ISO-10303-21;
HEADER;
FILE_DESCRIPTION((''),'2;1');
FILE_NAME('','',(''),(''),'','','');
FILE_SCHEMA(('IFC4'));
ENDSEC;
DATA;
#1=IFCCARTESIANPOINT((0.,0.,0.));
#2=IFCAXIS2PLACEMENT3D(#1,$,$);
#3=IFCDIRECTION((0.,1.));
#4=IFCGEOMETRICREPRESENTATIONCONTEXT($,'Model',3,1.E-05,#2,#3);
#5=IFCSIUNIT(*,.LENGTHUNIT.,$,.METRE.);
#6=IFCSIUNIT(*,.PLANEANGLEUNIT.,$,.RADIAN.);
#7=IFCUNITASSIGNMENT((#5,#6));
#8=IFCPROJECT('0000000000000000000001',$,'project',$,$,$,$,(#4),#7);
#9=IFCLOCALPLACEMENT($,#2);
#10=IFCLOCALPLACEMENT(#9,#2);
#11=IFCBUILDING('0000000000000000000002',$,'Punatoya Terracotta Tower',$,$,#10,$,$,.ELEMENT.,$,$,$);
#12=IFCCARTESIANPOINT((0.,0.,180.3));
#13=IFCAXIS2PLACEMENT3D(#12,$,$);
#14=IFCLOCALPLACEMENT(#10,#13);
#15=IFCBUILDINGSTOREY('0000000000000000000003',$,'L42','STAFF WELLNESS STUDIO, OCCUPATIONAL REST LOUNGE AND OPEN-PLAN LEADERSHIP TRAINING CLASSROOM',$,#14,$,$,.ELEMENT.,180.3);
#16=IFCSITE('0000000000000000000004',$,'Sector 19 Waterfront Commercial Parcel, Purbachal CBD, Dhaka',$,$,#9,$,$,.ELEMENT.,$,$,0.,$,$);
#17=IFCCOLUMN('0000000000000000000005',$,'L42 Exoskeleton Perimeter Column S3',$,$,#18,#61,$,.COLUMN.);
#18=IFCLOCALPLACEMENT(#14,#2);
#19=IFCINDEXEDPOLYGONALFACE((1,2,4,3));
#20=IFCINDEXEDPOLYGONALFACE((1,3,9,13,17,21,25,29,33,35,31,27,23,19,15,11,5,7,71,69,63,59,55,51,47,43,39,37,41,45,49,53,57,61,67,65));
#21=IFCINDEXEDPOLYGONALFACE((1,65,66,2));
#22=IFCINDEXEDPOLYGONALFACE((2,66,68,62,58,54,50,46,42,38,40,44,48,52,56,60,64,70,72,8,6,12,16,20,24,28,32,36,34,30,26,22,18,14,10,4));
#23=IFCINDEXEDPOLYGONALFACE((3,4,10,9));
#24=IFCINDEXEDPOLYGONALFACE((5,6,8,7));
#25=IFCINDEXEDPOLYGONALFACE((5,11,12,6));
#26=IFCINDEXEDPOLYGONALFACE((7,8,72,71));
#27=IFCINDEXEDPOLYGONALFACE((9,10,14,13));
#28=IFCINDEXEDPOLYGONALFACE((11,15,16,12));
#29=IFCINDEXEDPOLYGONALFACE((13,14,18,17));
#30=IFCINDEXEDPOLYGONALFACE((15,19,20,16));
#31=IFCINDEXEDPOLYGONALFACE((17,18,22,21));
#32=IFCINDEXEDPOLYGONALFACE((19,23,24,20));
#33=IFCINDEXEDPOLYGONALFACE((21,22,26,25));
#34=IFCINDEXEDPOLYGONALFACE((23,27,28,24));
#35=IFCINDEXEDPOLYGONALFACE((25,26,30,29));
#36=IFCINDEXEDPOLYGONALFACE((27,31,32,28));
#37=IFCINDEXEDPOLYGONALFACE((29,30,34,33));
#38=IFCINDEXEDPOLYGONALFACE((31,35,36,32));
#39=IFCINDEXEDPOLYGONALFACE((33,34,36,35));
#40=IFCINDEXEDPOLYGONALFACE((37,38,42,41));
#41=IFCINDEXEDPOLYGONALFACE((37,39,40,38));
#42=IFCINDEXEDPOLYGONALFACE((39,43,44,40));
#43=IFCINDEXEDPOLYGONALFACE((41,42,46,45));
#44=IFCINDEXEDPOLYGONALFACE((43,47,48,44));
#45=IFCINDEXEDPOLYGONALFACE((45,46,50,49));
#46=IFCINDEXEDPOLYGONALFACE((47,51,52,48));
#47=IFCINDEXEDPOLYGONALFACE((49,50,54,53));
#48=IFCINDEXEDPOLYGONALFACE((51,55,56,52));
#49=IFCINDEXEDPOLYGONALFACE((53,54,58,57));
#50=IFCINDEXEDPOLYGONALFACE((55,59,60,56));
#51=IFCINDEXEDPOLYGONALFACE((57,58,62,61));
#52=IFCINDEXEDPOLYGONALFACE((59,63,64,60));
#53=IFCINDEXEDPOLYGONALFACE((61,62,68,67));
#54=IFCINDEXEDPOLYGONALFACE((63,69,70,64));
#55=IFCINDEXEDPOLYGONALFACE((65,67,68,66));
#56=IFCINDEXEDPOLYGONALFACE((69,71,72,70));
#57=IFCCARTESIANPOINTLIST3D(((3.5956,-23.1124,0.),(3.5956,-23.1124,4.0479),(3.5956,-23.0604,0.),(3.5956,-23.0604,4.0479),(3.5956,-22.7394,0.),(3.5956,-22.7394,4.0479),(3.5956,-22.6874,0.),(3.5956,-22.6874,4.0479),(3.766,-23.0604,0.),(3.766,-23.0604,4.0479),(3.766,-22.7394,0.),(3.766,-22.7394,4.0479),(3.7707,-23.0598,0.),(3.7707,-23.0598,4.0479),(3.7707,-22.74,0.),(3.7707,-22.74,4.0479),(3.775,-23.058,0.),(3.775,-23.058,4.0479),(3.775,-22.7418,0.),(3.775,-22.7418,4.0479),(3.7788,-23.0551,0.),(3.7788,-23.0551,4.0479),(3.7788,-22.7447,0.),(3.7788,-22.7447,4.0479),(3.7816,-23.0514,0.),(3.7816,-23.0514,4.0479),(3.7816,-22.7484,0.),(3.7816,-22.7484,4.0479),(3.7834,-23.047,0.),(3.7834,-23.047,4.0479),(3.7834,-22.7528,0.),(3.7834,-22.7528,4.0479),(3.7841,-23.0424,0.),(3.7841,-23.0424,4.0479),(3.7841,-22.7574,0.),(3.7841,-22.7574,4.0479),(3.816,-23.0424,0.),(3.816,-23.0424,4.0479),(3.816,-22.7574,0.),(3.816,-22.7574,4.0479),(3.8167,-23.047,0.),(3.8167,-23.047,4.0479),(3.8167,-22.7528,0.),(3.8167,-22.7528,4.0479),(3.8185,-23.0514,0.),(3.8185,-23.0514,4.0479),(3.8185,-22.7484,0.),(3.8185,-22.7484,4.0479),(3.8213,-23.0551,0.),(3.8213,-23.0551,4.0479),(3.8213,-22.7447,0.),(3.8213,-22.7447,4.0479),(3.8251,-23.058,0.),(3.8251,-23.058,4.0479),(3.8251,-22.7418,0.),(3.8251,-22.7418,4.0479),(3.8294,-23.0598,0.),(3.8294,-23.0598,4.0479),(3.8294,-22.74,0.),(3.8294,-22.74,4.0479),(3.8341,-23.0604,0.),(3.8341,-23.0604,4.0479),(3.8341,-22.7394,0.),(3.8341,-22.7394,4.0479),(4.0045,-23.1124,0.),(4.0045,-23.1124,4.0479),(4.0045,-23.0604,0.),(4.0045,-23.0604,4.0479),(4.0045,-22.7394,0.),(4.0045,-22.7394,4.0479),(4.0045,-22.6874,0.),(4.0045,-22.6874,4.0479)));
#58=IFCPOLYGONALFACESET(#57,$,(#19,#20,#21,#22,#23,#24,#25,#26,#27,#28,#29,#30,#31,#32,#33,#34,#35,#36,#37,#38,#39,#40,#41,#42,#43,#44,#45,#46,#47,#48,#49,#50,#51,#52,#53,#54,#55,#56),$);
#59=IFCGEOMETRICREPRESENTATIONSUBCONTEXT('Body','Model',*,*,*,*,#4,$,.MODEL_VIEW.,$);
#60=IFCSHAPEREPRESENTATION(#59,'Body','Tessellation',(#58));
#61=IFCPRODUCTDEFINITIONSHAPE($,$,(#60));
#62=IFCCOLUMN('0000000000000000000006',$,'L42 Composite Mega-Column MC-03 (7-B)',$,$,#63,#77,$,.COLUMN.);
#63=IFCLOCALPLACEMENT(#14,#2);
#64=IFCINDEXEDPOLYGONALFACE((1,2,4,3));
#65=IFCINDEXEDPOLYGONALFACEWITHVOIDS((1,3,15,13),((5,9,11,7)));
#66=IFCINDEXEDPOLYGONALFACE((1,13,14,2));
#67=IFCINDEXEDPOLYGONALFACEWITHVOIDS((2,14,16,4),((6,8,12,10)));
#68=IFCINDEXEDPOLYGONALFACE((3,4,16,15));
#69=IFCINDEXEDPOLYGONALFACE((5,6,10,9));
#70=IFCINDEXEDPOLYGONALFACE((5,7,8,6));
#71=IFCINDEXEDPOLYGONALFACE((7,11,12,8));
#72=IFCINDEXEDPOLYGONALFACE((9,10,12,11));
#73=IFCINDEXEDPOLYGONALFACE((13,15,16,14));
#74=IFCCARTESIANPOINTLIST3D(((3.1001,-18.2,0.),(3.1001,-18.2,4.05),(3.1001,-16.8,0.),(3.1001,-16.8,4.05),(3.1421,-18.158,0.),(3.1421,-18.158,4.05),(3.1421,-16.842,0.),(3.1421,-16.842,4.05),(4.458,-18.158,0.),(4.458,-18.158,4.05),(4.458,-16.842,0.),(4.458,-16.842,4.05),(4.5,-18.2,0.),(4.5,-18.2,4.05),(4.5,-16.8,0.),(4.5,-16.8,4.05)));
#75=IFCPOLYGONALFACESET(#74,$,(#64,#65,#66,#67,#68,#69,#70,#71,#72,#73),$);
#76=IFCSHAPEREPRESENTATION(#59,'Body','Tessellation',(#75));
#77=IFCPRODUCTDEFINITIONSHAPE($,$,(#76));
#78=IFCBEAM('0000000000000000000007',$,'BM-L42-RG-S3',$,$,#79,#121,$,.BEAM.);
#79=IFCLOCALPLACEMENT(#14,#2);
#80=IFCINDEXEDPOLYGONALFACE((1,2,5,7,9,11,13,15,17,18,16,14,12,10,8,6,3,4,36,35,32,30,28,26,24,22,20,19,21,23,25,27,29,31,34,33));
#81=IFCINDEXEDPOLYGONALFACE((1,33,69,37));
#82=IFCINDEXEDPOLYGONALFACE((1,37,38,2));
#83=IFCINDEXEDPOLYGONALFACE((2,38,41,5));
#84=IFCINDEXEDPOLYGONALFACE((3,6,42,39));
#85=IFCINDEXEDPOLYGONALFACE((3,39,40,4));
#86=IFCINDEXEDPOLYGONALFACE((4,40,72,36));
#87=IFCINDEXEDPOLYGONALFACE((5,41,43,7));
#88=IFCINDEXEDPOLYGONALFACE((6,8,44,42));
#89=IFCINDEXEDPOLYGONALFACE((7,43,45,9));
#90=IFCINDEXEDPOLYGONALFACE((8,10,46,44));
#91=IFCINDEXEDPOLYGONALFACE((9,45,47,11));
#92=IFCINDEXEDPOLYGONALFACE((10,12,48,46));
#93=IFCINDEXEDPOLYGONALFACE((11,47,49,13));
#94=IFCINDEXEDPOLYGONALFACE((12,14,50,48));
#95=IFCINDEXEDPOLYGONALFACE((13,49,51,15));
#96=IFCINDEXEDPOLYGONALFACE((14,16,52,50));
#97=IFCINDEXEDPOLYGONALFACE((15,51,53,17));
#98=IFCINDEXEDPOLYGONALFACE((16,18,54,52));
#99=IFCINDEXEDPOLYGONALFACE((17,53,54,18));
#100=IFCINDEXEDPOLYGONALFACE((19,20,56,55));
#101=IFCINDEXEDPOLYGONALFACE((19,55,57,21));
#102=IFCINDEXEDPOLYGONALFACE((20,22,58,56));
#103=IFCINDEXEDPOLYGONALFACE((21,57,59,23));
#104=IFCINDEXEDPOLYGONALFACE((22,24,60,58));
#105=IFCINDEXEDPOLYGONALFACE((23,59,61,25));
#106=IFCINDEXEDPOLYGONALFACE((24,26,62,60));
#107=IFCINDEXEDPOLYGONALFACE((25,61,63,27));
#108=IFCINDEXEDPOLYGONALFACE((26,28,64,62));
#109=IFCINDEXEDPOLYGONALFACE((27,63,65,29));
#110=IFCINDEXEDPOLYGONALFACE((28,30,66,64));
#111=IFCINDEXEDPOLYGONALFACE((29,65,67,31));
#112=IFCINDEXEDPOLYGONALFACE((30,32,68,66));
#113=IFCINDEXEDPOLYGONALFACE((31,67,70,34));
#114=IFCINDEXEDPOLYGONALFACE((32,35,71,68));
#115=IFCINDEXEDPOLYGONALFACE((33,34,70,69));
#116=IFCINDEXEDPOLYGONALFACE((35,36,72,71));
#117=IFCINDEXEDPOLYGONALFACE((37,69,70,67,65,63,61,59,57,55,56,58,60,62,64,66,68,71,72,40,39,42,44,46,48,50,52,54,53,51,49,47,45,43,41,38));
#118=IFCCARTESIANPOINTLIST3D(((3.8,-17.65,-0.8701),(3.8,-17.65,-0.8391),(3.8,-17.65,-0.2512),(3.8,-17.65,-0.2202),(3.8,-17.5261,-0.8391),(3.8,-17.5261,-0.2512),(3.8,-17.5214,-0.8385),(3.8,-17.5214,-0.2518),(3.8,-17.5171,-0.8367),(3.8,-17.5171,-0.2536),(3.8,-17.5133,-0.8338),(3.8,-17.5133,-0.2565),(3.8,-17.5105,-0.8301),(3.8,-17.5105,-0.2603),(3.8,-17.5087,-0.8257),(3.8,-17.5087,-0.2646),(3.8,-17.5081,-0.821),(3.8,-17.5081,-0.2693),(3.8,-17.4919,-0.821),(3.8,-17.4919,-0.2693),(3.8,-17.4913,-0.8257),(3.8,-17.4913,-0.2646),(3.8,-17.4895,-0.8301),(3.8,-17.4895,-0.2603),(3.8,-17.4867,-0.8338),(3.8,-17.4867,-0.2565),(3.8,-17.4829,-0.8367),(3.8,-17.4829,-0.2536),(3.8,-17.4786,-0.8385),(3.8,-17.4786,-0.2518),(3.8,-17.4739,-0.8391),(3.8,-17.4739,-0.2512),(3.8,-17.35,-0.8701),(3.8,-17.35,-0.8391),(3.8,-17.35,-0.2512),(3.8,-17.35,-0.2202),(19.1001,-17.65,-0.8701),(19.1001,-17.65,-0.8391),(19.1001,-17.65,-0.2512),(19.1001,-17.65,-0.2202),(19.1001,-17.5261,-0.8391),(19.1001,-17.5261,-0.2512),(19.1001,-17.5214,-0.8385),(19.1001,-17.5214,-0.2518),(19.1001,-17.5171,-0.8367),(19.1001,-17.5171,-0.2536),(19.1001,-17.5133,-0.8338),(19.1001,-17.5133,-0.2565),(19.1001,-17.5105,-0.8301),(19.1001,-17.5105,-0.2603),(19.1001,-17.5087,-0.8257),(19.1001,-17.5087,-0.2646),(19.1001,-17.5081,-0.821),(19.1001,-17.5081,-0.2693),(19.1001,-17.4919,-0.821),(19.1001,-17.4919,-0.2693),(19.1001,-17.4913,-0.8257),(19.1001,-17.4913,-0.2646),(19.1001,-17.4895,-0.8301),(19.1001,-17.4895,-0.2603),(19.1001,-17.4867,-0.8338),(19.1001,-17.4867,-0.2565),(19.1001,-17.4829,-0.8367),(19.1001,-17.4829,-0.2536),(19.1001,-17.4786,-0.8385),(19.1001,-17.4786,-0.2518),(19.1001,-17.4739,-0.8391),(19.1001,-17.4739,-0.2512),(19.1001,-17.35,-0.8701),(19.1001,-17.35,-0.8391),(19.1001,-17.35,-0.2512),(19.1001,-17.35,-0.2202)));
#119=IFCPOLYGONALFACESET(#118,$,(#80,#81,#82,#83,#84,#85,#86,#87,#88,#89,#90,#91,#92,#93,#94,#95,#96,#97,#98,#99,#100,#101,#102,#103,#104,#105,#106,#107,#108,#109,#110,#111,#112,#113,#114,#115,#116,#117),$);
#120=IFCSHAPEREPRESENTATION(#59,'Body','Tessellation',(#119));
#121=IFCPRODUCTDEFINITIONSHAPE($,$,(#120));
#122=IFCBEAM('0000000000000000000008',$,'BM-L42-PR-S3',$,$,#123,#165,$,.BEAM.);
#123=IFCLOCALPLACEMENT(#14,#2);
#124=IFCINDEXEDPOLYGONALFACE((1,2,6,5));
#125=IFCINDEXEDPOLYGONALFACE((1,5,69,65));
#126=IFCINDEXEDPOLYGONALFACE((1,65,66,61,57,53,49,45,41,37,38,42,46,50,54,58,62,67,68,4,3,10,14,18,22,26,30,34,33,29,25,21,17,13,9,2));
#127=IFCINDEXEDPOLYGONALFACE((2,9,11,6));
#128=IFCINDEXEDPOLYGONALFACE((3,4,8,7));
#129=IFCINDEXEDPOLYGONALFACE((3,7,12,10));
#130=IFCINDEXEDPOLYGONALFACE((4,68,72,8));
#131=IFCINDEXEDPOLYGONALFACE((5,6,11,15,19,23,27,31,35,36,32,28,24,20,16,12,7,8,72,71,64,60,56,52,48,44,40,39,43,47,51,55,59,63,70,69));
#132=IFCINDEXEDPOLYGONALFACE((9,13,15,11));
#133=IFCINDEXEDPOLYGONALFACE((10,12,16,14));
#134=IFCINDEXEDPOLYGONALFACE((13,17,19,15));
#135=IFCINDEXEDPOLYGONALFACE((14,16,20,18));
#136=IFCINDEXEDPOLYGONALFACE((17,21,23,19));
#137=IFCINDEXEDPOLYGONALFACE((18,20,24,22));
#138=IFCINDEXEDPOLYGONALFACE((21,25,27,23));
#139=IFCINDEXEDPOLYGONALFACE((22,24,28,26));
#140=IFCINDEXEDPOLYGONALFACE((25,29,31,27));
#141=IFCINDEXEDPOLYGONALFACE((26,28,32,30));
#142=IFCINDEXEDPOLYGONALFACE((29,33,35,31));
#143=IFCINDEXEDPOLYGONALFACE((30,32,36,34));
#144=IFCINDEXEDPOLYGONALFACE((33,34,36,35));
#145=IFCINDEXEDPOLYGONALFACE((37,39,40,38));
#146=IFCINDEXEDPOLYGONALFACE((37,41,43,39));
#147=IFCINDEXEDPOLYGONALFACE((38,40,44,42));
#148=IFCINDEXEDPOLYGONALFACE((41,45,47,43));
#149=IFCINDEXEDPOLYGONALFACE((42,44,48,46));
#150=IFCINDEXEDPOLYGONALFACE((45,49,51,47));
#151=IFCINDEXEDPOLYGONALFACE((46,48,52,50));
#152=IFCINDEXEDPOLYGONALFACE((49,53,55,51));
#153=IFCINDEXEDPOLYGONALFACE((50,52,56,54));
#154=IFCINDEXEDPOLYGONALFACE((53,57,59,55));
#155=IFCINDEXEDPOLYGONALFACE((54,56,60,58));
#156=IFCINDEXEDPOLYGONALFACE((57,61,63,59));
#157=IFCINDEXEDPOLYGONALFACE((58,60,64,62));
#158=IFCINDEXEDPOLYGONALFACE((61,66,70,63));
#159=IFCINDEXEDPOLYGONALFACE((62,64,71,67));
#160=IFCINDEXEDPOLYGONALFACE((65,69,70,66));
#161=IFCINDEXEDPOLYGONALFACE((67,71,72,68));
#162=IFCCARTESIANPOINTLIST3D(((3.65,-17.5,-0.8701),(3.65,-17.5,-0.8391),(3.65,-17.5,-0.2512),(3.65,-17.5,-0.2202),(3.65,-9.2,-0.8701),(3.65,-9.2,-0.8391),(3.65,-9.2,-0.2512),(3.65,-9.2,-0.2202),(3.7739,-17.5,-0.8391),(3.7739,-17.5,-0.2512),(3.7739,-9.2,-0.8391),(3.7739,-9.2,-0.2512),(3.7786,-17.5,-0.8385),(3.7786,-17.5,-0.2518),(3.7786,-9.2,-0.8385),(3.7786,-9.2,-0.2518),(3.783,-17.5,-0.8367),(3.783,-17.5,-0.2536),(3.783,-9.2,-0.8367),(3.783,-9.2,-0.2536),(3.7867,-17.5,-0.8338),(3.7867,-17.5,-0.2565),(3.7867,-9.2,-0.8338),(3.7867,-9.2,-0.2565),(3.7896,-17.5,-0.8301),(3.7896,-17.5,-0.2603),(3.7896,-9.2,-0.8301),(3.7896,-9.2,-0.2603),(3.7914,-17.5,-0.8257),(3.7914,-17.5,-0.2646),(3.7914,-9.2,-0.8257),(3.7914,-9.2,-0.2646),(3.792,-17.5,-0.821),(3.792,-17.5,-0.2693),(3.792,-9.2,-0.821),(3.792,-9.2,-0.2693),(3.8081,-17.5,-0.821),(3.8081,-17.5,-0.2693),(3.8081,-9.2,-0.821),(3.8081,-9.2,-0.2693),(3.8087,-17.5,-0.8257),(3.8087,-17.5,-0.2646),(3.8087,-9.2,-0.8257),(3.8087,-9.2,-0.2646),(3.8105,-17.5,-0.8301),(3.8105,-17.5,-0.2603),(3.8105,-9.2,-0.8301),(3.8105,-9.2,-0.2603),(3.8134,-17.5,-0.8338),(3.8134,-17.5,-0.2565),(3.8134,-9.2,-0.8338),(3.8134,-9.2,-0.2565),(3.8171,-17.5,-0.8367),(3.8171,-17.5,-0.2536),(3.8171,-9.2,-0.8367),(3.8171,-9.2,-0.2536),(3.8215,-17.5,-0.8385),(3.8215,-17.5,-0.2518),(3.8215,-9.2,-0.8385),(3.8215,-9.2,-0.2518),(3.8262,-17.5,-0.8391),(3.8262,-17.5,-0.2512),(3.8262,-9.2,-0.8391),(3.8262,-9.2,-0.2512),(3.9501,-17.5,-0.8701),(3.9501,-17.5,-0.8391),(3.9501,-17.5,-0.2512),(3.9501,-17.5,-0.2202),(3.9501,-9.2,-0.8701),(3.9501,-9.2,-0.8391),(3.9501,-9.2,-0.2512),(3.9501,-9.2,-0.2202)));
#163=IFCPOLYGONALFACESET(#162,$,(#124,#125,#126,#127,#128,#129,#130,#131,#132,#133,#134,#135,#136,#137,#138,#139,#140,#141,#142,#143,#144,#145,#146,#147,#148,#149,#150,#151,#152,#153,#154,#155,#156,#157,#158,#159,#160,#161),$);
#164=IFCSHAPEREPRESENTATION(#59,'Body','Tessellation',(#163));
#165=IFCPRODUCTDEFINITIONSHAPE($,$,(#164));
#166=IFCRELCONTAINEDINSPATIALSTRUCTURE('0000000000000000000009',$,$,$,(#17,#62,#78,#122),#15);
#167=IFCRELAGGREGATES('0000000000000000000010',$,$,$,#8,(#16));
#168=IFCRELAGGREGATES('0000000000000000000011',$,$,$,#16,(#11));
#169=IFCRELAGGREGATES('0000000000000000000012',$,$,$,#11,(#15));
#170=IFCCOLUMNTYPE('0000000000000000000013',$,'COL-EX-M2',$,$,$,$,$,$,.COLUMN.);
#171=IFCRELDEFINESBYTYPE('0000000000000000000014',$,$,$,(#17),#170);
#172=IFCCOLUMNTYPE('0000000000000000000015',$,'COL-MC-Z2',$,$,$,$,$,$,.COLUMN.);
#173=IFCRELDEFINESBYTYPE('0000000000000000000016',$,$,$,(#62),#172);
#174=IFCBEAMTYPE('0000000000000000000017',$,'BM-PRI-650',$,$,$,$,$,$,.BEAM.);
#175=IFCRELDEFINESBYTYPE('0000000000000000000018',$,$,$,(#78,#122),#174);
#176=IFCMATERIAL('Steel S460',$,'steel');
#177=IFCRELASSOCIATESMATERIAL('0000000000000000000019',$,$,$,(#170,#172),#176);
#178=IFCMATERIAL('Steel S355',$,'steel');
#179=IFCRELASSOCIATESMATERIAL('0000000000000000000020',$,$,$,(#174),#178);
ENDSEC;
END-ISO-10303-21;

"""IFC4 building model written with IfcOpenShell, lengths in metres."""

from ifc_helpers import new_model, si_unit, direction, frame, origin, origin_2d, place, context, subcontext, project, spatial, hollow_rectangle, i_section, extrude, material, material_profile, profile_set, type_object, element, save


model = new_model("IFC4")

# Units and contexts
model_context = context("Model", 3, precision=1e-05, world=origin(), true_north=direction((0.0, 1.0)))
body_context = subcontext(model_context, "Body", "Model", "MODEL_VIEW")
ifc_project = project(units=[si_unit("LENGTHUNIT", "METRE"), si_unit("PLANEANGLEUNIT", "RADIAN")], contexts=[model_context])

# Site, building, storey
site_placement = place(None, origin())
site = spatial("IfcSite", under=ifc_project, at=site_placement, Name="Sector 19 Waterfront Commercial Parcel, Purbachal CBD, Dhaka", CompositionType="ELEMENT", RefElevation=0.0)
building_placement = place(site_placement, origin())
building = spatial("IfcBuilding", under=site, at=building_placement, Name="Punatoya Terracotta Tower", CompositionType="ELEMENT")
storey_placement = place(building_placement, frame((0.0, 0.0, 180.3)))
storey = spatial("IfcBuildingStorey", under=building, at=storey_placement, Name="L42", Description="STAFF WELLNESS STUDIO, OCCUPATIONAL REST LOUNGE AND OPEN-PLAN LEADERSHIP TRAINING CLASSROOM", CompositionType="ELEMENT", Elevation=180.3)

# Columns
ifc_material_1 = material(Name="Steel S460", Category="steel")
ifc_material_profile_1 = material_profile(ifc_material_1, i_section(OverallWidth=0.4089, OverallDepth=0.425, WebThickness=0.032, FlangeThickness=0.052, FilletRadius=0.0181, at=origin_2d()))
ifc_profile_set_1 = profile_set([ifc_material_profile_1], Name="Steel S460")
column_type_1 = type_object("IfcColumnType", Name="COL-EX-M2", PredefinedType="COLUMN", material=ifc_profile_set_1)
column_1_placement = place(storey_placement, frame((3.8, -22.8999, 0.0), z_axis=(0.0, 0.0, 1.0), x_axis=(1.0, 0.0, 0.0)))
element("IfcColumn", 1, at=column_1_placement, inside=storey, type_object=column_type_1, Name="L42 Exoskeleton Perimeter Column S3", PredefinedType="COLUMN", context=body_context, shape_type="SweptSolid", body=[
    extrude(i_section(OverallWidth=0.4089, OverallDepth=0.425, WebThickness=0.032, FlangeThickness=0.052, FilletRadius=0.0181, at=origin_2d()), origin(), (0.0, 0.0, 1.0), 4.0479),
])
ifc_material_profile_2 = material_profile(ifc_material_1, hollow_rectangle(XDim=1.3999, YDim=1.3999, WallThickness=0.042, at=origin_2d()))
ifc_profile_set_2 = profile_set([ifc_material_profile_2], Name="Steel S460")
column_type_2 = type_object("IfcColumnType", Name="COL-MC-Z2", PredefinedType="COLUMN", material=ifc_profile_set_2)
column_2_placement = place(storey_placement, frame((3.8, -17.5, 0.0), z_axis=(0.0, 0.0, 1.0), x_axis=(1.0, 0.0, 0.0)))
element("IfcColumn", 2, at=column_2_placement, inside=storey, type_object=column_type_2, Name="L42 Composite Mega-Column MC-03 (7-B)", PredefinedType="COLUMN", context=body_context, shape_type="SweptSolid", body=[
    extrude(hollow_rectangle(XDim=1.3999, YDim=1.3999, WallThickness=0.042, at=origin_2d()), origin(), (0.0, 0.0, 1.0), 4.05),
])

# Beams
ifc_material_2 = material(Name="Steel S355", Category="steel")
ifc_material_profile_3 = material_profile(ifc_material_2, i_section(OverallWidth=0.3, OverallDepth=0.6499, WebThickness=0.0161, FlangeThickness=0.031, FilletRadius=0.0181, at=origin_2d()))
ifc_profile_set_3 = profile_set([ifc_material_profile_3], Name="Steel S355")
beam_type_1 = type_object("IfcBeamType", Name="BM-PRI-650", PredefinedType="BEAM", material=ifc_profile_set_3)
beam_1_placement = place(storey_placement, frame((3.8, -17.5, -0.5452), z_axis=(1.0, 0.0, 0.0), x_axis=(0.0, 1.0, 0.0)))
element("IfcBeam", 3, at=beam_1_placement, inside=storey, type_object=beam_type_1, Name="BM-L42-RG-S3", PredefinedType="BEAM", context=body_context, shape_type="SweptSolid", body=[
    extrude(i_section(OverallWidth=0.3, OverallDepth=0.6499, WebThickness=0.0161, FlangeThickness=0.031, FilletRadius=0.0181, at=origin_2d()), origin(), (0.0, 0.0, 1.0), 15.3),
])
for number, where, z_axis, x_axis, name in (
    (4, (3.8, -17.5, -0.5452), (0.0, 1.0, 0.0), (-1.0, 0.0, 0.0), "BM-L42-PR-S3"),
):
    element("IfcBeam", number, at=place(storey_placement, frame(where, z_axis=z_axis, x_axis=x_axis)), inside=storey, type_object=beam_type_1, Name=name, PredefinedType="BEAM", context=body_context, shape_type="SweptSolid", body=[
        extrude(i_section(OverallWidth=0.3, OverallDepth=0.6499, WebThickness=0.0161, FlangeThickness=0.031, FilletRadius=0.0181, at=origin_2d()), origin(), (0.0, 0.0, 1.0), 8.3),
    ])

save(model, "model.ifc")
